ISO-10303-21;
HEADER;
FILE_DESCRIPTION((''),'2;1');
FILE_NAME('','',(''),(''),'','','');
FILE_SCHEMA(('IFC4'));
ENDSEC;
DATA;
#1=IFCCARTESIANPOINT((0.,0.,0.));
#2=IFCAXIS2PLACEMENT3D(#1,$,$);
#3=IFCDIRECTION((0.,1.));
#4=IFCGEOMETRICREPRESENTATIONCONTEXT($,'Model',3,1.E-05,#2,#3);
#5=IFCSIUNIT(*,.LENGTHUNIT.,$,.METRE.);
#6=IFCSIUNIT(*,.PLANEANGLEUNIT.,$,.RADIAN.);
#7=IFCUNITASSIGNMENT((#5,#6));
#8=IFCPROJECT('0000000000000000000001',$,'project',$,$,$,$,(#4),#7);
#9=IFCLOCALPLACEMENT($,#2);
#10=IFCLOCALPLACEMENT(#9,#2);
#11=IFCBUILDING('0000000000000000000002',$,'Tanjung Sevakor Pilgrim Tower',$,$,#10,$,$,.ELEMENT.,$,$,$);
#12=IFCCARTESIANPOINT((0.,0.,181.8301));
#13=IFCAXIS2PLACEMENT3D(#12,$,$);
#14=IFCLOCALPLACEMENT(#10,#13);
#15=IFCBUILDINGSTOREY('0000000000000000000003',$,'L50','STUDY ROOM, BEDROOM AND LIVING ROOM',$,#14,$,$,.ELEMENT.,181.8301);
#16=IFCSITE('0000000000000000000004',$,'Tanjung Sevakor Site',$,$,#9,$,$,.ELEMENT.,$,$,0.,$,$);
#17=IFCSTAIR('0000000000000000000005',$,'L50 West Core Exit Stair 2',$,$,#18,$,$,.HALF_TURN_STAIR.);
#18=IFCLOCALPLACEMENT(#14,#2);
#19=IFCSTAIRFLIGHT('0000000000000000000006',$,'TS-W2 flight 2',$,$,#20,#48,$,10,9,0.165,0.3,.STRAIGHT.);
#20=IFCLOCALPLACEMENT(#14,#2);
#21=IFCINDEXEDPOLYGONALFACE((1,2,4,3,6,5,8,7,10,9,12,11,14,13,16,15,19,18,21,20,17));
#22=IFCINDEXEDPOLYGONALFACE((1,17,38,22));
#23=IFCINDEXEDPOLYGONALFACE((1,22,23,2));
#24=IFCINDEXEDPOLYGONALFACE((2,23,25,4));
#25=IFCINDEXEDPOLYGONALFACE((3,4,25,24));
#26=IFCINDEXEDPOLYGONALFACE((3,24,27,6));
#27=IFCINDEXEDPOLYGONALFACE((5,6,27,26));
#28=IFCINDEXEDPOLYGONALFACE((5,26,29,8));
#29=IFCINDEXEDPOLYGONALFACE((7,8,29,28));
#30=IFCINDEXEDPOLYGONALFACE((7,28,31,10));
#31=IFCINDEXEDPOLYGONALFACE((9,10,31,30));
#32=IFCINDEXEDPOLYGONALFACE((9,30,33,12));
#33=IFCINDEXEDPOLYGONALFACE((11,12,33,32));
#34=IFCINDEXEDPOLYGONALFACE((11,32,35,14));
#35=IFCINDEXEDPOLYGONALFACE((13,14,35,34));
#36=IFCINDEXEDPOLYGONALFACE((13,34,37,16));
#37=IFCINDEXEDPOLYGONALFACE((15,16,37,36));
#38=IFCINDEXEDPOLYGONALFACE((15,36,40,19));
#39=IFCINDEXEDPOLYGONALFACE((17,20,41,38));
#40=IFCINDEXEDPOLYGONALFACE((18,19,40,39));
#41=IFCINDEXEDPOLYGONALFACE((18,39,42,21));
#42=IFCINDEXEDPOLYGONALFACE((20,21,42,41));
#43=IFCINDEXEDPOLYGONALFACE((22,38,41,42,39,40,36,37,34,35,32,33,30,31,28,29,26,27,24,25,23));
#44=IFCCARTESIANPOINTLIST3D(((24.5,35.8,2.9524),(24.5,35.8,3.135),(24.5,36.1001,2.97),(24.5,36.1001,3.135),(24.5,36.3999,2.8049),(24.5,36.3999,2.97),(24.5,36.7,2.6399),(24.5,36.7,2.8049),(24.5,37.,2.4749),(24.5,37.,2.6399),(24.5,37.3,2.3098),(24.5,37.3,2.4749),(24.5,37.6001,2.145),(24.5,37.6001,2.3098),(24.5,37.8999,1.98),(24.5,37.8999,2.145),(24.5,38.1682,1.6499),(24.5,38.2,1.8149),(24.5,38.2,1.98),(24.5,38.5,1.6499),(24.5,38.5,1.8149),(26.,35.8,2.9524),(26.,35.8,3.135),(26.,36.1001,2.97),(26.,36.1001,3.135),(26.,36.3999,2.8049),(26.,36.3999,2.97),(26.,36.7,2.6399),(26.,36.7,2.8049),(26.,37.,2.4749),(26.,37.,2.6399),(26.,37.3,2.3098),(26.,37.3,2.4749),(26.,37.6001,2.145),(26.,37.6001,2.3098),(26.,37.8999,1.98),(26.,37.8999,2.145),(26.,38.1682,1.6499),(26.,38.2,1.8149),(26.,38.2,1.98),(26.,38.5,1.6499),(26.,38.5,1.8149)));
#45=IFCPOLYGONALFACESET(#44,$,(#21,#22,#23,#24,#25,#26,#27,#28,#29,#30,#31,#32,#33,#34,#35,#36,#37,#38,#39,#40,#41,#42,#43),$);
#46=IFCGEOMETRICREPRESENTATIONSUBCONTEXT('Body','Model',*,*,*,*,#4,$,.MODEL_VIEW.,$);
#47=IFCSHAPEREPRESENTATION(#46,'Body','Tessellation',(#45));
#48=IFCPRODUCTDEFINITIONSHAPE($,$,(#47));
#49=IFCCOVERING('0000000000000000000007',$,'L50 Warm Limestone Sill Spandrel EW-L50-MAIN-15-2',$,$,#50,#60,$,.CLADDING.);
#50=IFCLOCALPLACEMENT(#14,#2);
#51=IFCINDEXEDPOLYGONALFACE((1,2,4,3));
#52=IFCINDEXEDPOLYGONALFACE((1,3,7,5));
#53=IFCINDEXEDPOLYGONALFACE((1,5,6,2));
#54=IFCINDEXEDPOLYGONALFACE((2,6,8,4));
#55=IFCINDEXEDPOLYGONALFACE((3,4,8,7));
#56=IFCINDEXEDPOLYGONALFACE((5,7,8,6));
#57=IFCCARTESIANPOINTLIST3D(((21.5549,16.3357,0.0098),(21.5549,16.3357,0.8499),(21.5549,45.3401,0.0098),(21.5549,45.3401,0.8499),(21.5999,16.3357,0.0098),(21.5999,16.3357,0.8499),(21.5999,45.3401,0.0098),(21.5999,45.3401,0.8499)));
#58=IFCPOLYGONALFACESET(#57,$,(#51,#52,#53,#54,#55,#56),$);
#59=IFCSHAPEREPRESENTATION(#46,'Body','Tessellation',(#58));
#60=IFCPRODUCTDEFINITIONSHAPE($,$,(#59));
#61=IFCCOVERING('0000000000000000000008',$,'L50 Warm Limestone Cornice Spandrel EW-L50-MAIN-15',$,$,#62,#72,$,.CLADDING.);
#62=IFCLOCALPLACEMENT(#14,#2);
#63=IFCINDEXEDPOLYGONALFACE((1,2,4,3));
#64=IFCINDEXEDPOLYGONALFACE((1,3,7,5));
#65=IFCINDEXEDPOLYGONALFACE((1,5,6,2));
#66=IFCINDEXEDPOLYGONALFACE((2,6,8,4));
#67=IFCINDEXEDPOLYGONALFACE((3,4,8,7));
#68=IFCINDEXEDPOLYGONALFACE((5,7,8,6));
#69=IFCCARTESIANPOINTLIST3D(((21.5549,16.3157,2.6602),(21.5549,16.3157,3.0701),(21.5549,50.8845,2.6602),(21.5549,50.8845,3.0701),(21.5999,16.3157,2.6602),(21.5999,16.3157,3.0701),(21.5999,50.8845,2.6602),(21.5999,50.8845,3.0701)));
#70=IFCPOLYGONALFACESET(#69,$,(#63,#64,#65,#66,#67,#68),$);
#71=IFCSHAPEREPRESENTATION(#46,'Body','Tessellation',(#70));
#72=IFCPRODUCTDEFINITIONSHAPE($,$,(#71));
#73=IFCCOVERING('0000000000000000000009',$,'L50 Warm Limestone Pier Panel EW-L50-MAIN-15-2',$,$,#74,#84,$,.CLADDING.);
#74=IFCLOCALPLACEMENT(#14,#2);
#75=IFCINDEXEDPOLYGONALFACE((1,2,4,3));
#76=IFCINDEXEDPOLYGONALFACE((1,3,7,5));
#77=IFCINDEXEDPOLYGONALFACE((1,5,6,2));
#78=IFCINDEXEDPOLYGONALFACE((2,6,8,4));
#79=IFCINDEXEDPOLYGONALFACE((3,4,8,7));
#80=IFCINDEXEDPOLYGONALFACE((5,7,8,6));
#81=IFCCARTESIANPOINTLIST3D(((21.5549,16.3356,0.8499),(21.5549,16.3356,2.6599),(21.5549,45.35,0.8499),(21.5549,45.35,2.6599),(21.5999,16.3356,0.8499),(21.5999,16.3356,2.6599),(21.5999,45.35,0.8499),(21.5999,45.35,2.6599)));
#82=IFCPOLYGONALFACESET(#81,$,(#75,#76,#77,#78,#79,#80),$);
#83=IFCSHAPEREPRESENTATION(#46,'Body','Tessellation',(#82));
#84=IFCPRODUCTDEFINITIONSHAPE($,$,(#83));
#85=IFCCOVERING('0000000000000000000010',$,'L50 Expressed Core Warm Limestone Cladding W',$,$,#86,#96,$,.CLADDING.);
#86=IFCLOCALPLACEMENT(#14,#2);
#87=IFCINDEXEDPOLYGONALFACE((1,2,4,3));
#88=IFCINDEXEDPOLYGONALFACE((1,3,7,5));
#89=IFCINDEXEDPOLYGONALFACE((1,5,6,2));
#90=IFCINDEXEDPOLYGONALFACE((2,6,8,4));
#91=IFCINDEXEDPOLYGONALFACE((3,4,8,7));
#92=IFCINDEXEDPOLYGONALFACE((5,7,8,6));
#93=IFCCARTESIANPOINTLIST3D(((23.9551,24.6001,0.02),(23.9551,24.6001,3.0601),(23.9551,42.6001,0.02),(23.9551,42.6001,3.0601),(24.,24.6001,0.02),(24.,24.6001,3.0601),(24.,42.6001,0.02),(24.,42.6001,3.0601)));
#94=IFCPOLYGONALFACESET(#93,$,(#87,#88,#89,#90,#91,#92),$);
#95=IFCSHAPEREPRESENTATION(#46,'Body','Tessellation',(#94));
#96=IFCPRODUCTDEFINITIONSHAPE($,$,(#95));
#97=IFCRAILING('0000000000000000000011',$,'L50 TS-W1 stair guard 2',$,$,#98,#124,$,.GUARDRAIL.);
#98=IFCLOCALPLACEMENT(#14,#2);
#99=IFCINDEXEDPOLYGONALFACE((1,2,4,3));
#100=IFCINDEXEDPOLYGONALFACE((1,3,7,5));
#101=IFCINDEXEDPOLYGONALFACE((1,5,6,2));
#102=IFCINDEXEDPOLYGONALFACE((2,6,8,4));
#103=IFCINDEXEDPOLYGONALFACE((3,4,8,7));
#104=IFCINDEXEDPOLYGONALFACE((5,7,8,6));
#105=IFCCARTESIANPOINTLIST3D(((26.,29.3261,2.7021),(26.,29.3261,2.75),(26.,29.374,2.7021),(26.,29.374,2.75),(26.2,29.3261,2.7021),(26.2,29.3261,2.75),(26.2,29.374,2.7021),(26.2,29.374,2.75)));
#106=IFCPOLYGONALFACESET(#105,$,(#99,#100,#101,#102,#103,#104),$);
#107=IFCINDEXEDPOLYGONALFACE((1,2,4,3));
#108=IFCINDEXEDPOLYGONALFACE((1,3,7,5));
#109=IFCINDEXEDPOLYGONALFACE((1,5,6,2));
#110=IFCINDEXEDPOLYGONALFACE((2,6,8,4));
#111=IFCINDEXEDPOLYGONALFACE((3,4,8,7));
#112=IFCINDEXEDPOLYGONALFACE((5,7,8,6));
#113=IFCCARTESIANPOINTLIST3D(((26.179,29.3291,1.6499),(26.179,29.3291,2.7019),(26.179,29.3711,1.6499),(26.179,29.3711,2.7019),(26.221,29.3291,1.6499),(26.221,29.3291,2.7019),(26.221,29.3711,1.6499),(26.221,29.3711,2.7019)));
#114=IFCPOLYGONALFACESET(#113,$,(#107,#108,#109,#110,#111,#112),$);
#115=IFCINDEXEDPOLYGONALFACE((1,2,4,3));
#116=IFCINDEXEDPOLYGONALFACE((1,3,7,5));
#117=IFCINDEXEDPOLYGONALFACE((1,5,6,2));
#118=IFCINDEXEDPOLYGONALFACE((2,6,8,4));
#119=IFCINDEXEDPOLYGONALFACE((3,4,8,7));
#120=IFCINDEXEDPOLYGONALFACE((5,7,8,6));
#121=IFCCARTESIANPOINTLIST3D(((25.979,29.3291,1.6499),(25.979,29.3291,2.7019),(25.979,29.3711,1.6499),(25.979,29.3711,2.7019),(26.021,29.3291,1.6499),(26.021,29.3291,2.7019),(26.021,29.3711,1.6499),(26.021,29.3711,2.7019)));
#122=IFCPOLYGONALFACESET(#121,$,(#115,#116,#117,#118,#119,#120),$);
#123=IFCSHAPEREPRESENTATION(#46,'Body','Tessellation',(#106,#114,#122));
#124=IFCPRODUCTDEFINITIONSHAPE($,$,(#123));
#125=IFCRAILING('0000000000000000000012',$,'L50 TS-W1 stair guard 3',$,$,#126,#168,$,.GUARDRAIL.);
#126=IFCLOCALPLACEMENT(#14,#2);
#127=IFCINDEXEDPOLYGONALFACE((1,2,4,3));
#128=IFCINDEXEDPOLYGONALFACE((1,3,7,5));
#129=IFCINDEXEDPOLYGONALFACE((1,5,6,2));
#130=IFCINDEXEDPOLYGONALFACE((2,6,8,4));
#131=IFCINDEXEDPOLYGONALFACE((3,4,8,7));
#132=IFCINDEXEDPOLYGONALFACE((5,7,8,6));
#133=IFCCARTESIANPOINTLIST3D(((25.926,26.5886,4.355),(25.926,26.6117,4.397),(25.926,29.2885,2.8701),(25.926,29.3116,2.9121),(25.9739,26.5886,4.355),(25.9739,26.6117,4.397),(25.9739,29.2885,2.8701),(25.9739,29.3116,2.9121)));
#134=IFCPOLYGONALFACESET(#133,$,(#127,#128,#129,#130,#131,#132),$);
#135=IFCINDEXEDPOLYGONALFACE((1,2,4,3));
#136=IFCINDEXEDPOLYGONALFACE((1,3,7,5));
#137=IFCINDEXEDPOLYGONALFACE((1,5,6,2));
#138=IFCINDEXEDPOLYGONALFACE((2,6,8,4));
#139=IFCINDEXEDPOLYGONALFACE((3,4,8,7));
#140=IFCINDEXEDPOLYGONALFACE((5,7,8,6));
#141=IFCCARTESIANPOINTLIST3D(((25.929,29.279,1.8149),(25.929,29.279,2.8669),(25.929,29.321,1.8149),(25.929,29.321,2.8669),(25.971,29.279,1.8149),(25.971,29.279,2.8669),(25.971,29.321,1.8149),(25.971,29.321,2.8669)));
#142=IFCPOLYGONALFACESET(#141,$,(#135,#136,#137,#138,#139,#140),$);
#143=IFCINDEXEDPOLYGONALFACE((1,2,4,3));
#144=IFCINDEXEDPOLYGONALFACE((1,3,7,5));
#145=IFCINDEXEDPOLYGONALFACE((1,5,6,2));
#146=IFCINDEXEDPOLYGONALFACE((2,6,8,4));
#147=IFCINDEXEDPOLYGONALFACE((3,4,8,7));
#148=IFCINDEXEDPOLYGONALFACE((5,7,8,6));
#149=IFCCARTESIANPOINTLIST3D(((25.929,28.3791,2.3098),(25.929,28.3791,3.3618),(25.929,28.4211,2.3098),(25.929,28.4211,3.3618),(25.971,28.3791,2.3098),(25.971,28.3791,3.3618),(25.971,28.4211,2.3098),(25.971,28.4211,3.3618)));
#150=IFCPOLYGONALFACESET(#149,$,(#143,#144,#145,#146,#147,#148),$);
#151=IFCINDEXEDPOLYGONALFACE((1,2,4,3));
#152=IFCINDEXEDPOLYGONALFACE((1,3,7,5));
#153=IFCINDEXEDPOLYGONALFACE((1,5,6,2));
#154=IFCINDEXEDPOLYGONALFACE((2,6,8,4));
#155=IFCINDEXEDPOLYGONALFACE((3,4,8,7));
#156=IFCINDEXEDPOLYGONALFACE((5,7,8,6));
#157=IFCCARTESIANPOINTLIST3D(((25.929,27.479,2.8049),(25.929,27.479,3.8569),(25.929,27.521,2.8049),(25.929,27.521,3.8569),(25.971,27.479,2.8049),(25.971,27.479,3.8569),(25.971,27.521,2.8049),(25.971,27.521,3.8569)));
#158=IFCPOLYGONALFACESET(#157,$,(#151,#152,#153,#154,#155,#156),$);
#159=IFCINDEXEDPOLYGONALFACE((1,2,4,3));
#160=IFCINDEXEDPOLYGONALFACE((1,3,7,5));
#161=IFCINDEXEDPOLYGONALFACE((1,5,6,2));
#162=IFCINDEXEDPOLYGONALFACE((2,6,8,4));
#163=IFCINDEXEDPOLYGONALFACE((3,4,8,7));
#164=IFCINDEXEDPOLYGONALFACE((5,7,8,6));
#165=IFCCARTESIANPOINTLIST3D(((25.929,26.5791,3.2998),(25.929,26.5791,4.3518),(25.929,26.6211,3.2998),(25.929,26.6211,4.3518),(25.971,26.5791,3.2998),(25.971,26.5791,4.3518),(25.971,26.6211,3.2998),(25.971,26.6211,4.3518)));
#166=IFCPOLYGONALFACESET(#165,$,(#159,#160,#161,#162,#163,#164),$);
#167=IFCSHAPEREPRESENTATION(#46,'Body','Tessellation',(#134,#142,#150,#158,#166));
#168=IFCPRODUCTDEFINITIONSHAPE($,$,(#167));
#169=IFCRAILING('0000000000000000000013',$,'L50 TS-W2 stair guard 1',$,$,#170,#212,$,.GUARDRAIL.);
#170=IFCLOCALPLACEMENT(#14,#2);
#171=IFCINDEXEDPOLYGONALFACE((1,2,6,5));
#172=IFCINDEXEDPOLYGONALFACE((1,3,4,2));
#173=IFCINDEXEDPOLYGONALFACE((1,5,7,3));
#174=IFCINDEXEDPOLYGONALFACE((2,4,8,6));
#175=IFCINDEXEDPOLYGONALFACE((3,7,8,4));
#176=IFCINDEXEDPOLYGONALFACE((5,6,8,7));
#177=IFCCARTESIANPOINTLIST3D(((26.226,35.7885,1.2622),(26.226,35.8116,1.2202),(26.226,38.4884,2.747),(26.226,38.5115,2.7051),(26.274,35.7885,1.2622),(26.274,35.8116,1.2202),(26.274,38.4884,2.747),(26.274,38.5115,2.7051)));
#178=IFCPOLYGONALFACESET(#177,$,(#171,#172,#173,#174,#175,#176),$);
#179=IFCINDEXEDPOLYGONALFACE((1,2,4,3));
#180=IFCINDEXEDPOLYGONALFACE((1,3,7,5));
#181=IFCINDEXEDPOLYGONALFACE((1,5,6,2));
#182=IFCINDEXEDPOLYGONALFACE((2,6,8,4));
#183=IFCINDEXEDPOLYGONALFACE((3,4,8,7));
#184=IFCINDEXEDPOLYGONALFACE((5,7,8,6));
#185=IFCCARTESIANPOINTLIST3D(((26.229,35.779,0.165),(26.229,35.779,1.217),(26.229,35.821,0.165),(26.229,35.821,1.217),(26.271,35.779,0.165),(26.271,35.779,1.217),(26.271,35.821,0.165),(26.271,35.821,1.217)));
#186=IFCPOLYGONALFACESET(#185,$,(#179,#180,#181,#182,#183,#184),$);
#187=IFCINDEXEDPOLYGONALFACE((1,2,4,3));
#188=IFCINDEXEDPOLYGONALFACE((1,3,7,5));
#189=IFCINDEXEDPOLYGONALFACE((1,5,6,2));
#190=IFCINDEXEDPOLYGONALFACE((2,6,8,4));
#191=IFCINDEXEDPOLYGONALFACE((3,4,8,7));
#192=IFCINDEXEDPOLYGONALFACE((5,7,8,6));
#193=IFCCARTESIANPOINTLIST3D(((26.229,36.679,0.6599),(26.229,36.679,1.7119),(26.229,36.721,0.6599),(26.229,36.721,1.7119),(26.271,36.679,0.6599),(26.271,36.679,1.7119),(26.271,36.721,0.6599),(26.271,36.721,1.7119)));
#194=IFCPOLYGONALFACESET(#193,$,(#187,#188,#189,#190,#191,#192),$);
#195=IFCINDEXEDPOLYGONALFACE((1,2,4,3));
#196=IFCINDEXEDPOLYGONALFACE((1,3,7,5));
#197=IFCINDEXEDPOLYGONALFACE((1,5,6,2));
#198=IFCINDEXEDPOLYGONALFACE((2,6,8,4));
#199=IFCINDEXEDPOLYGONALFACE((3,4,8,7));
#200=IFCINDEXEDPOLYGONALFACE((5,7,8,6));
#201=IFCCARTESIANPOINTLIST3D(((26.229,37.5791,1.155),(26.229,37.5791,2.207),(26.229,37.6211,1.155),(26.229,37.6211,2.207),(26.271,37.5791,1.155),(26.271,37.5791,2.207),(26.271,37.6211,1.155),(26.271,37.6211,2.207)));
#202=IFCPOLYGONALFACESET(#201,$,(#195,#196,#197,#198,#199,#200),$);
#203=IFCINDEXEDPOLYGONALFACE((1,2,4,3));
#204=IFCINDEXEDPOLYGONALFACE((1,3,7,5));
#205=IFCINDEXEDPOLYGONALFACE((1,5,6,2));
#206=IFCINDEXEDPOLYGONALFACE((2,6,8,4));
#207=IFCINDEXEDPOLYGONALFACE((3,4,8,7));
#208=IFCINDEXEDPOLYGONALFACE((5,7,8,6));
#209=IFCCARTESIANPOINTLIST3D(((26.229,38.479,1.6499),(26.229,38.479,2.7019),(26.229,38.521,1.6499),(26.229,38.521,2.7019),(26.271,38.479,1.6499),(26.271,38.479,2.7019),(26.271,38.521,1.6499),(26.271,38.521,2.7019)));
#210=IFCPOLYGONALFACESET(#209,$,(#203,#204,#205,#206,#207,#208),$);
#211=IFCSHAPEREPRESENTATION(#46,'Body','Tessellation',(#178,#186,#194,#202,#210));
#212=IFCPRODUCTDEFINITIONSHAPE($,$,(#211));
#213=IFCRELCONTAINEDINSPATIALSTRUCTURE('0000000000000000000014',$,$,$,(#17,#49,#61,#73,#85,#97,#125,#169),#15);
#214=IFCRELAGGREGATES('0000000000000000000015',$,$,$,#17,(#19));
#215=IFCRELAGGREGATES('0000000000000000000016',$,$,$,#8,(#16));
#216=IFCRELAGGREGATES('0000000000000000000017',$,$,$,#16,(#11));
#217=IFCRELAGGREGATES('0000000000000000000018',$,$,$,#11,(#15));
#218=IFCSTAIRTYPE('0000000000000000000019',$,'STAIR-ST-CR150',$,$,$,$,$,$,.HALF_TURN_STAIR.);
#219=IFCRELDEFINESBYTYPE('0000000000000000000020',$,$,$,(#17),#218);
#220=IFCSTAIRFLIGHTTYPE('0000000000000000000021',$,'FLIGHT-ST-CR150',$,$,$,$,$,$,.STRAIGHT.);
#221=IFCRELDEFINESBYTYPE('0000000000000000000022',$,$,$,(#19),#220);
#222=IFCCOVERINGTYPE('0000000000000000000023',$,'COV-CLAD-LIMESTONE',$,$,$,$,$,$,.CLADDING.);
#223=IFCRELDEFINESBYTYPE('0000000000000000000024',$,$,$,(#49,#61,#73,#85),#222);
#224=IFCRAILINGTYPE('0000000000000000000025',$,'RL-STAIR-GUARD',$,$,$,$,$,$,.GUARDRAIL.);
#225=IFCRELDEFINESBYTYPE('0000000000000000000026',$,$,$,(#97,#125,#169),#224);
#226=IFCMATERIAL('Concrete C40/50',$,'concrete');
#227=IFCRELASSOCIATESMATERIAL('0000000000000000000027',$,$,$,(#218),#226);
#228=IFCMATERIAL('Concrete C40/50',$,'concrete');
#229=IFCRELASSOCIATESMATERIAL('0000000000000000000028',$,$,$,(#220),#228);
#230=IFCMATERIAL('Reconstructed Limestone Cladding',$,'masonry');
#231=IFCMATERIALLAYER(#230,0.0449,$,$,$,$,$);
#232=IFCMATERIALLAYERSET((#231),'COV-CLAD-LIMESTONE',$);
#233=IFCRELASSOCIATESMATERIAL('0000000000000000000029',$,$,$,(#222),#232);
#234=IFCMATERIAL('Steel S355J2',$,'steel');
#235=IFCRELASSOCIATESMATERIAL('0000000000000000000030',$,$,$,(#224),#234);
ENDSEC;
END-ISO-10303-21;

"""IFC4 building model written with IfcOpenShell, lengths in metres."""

from ifc_helpers import new_model, si_unit, direction, frame, origin, origin_2d, place, context, subcontext, project, spatial, polyline, rectangle, outline, extrude, material, layer, layer_set, type_object, element, aggregate, save


model = new_model("IFC4")

# Units and contexts
model_context = context("Model", 3, precision=1e-05, world=origin(), true_north=direction((0.0, 1.0)))
body_context = subcontext(model_context, "Body", "Model", "MODEL_VIEW")
ifc_project = project(units=[si_unit("LENGTHUNIT", "METRE"), si_unit("PLANEANGLEUNIT", "RADIAN")], contexts=[model_context])

# Site, building, storey
site_placement = place(None, origin())
site = spatial("IfcSite", under=ifc_project, at=site_placement, Name="Tanjung Sevakor Site", CompositionType="ELEMENT", RefElevation=0.0)
building_placement = place(site_placement, origin())
building = spatial("IfcBuilding", under=site, at=building_placement, Name="Tanjung Sevakor Pilgrim Tower", CompositionType="ELEMENT")
storey_placement = place(building_placement, frame((0.0, 0.0, 181.8301)))
storey = spatial("IfcBuildingStorey", under=building, at=storey_placement, Name="L50", Description="STUDY ROOM, BEDROOM AND LIVING ROOM", CompositionType="ELEMENT", Elevation=181.8301)

# Shared definitions
ifc_material_1 = material(Name="Concrete C40/50", Category="concrete")
stair_type = type_object("IfcStairType", Name="STAIR-ST-CR150", PredefinedType="HALF_TURN_STAIR", material=ifc_material_1)
ifc_material_2 = material(Name="Concrete C40/50", Category="concrete")
stair_flight_type = type_object("IfcStairFlightType", Name="FLIGHT-ST-CR150", PredefinedType="STRAIGHT", material=ifc_material_2)

# Stair, stair flight
stair_1_placement = place(storey_placement, origin())
stair_1 = element("IfcStair", 1, at=stair_1_placement, inside=storey, type_object=stair_type, Name="L50 West Core Exit Stair 2", PredefinedType="HALF_TURN_STAIR")
stair_flight_1_placement = place(storey_placement, frame((25.25, 38.5, 1.6499), z_axis=(0.0, 0.0, 1.0), x_axis=(0.0, -1.0, 0.0)))
stair_flight_1 = element("IfcStairFlight", 2, at=stair_flight_1_placement, type_object=stair_flight_type, Name="TS-W2 flight 2", NumberOfRisers=10, NumberOfTreads=9, PredefinedType="STRAIGHT", RiserHeight=0.165, TreadLength=0.3, context=body_context, shape_type="SweptSolid", body=[
    extrude(outline(polyline([(0.0, 0.0), (0.0, 0.165), (0.3, 0.165), (0.3, 0.3301), (0.6001, 0.3301), (0.6001, 0.4951), (0.8999, 0.4951), (0.8999, 0.6599), (1.2, 0.6599), (1.2, 0.825), (1.5, 0.825), (1.5, 0.99), (1.8, 0.99), (1.8, 1.155), (2.1001, 1.155), (2.1001, 1.3201), (2.3999, 1.3201), (2.3999, 1.4851), (2.7, 1.4851), (2.7, 1.6499), (2.7, 1.3025), (0.3318, 0.0), (0.0, 0.0)])), frame((0.0, 0.75, 0.0), z_axis=(0.0, -1.0, 0.0), x_axis=(1.0, 0.0, 0.0)), (0.0, 0.0, 1.0), 1.5),
])
aggregate(stair_1, [stair_flight_1])

# Coverings
ifc_material_3 = material(Name="Reconstructed Limestone Cladding", Category="masonry")
ifc_layer_1 = layer(ifc_material_3, 0.0449)
ifc_layer_set_1 = layer_set([ifc_layer_1], Name="COV-CLAD-LIMESTONE")
covering_type = type_object("IfcCoveringType", Name="COV-CLAD-LIMESTONE", PredefinedType="CLADDING", material=ifc_layer_set_1)
covering_1_placement = place(storey_placement, frame((21.5774, 30.8379, 0.0098), z_axis=(0.0, 0.0, 1.0), x_axis=(0.0, -1.0, 0.0)))
element("IfcCovering", 3, at=covering_1_placement, inside=storey, type_object=covering_type, Name="L50 Warm Limestone Sill Spandrel EW-L50-MAIN-15-2", PredefinedType="CLADDING", context=body_context, shape_type="SweptSolid", body=[
    extrude(rectangle(XDim=29.0044, YDim=0.0449, at=origin_2d()), origin(), (0.0, 0.0, 1.0), 0.8401),
])
covering_2_placement = place(storey_placement, frame((21.5774, 33.6001, 2.6602), z_axis=(0.0, 0.0, 1.0), x_axis=(0.0, -1.0, 0.0)))
element("IfcCovering", 4, at=covering_2_placement, inside=storey, type_object=covering_type, Name="L50 Warm Limestone Cornice Spandrel EW-L50-MAIN-15", PredefinedType="CLADDING", context=body_context, shape_type="SweptSolid", body=[
    extrude(rectangle(XDim=34.5688, YDim=0.0449, at=origin_2d()), origin(), (0.0, 0.0, 1.0), 0.4099),
])
covering_3_placement = place(storey_placement, frame((21.5774, 30.8428, 0.8499), z_axis=(0.0, 0.0, 1.0), x_axis=(0.0, -1.0, 0.0)))
element("IfcCovering", 5, at=covering_3_placement, inside=storey, type_object=covering_type, Name="L50 Warm Limestone Pier Panel EW-L50-MAIN-15-2", PredefinedType="CLADDING", context=body_context, shape_type="SweptSolid", body=[
    extrude(rectangle(XDim=29.0144, YDim=0.0449, at=origin_2d()), origin(), (0.0, 0.0, 1.0), 1.8101),
])
covering_4_placement = place(storey_placement, frame((23.9775, 33.6001, 0.02), z_axis=(0.0, 0.0, 1.0), x_axis=(1.0, 0.0, 0.0)))
element("IfcCovering", 6, at=covering_4_placement, inside=storey, type_object=covering_type, Name="L50 Expressed Core Warm Limestone Cladding W", PredefinedType="CLADDING", context=body_context, shape_type="SweptSolid", body=[
    extrude(rectangle(XDim=0.0449, YDim=18.0, at=origin_2d()), origin(), (0.0, 0.0, 1.0), 3.04),
])

# Railings
ifc_material_4 = material(Name="Steel S355J2", Category="steel")
railing_type_1 = type_object("IfcRailingType", Name="RL-STAIR-GUARD", PredefinedType="GUARDRAIL", material=ifc_material_4)
railing_1_placement = place(storey_placement, frame((26.2, 29.3501, 1.6499)))
element("IfcRailing", 7, at=railing_1_placement, inside=storey, type_object=railing_type_1, Name="L50 TS-W1 stair guard 2", PredefinedType="GUARDRAIL", context=body_context, shape_type="SweptSolid", body=[
    extrude(rectangle(XDim=0.0479, YDim=0.0479), frame((0.0, 0.0, 1.0762), z_axis=(-1.0, 0.0, 0.0), x_axis=(0.0, -1.0, 0.0)), (0.0, 0.0, 1.0), 0.2),
    extrude(rectangle(XDim=0.042, YDim=0.042), origin(), (0.0, 0.0, 1.0), 1.052),
    extrude(rectangle(XDim=0.042, YDim=0.042), frame((-0.2, 0.0, 0.0)), (0.0, 0.0, 1.0), 1.052),
])
railing_2_placement = place(storey_placement, frame((25.95, 29.3, 1.8149)))
element("IfcRailing", 8, at=railing_2_placement, inside=storey, type_object=railing_type_1, Name="L50 TS-W1 stair guard 3", PredefinedType="GUARDRAIL", context=body_context, shape_type="SweptSolid", body=[
    extrude(rectangle(XDim=0.0479, YDim=0.0479), frame((0.0, 0.0, 1.0762), z_axis=(0.0, -0.876231, 0.481891), x_axis=(1.0, 0.0, 0.0)), (0.0, 0.0, 1.0), 3.0813),
    extrude(rectangle(XDim=0.042, YDim=0.042), origin(), (0.0, 0.0, 1.0), 1.052),
    extrude(rectangle(XDim=0.042, YDim=0.042), frame((0.0, -0.8999, 0.4949)), (0.0, 0.0, 1.0), 1.052),
    extrude(rectangle(XDim=0.042, YDim=0.042), frame((0.0, -1.8, 0.99)), (0.0, 0.0, 1.0), 1.052),
    extrude(rectangle(XDim=0.042, YDim=0.042), frame((0.0, -2.7, 1.4849)), (0.0, 0.0, 1.0), 1.052),
])
railing_3_placement = place(storey_placement, frame((26.25, 35.8, 0.165)))
element("IfcRailing", 9, at=railing_3_placement, inside=storey, type_object=railing_type_1, Name="L50 TS-W2 stair guard 1", PredefinedType="GUARDRAIL", context=body_context, shape_type="SweptSolid", body=[
    extrude(rectangle(XDim=0.0479, YDim=0.0479), frame((0.0, 0.0, 1.0762), z_axis=(0.0, 0.876231, 0.481891), x_axis=(-1.0, 0.0, 0.0)), (0.0, 0.0, 1.0), 3.0813),
    extrude(rectangle(XDim=0.042, YDim=0.042), origin(), (0.0, 0.0, 1.0), 1.052),
    extrude(rectangle(XDim=0.042, YDim=0.042), frame((0.0, 0.8999, 0.4949)), (0.0, 0.0, 1.0), 1.052),
    extrude(rectangle(XDim=0.042, YDim=0.042), frame((0.0, 1.8, 0.99)), (0.0, 0.0, 1.0), 1.052),
    extrude(rectangle(XDim=0.042, YDim=0.042), frame((0.0, 2.7, 1.4849)), (0.0, 0.0, 1.0), 1.052),
])

save(model, "model.ifc")
